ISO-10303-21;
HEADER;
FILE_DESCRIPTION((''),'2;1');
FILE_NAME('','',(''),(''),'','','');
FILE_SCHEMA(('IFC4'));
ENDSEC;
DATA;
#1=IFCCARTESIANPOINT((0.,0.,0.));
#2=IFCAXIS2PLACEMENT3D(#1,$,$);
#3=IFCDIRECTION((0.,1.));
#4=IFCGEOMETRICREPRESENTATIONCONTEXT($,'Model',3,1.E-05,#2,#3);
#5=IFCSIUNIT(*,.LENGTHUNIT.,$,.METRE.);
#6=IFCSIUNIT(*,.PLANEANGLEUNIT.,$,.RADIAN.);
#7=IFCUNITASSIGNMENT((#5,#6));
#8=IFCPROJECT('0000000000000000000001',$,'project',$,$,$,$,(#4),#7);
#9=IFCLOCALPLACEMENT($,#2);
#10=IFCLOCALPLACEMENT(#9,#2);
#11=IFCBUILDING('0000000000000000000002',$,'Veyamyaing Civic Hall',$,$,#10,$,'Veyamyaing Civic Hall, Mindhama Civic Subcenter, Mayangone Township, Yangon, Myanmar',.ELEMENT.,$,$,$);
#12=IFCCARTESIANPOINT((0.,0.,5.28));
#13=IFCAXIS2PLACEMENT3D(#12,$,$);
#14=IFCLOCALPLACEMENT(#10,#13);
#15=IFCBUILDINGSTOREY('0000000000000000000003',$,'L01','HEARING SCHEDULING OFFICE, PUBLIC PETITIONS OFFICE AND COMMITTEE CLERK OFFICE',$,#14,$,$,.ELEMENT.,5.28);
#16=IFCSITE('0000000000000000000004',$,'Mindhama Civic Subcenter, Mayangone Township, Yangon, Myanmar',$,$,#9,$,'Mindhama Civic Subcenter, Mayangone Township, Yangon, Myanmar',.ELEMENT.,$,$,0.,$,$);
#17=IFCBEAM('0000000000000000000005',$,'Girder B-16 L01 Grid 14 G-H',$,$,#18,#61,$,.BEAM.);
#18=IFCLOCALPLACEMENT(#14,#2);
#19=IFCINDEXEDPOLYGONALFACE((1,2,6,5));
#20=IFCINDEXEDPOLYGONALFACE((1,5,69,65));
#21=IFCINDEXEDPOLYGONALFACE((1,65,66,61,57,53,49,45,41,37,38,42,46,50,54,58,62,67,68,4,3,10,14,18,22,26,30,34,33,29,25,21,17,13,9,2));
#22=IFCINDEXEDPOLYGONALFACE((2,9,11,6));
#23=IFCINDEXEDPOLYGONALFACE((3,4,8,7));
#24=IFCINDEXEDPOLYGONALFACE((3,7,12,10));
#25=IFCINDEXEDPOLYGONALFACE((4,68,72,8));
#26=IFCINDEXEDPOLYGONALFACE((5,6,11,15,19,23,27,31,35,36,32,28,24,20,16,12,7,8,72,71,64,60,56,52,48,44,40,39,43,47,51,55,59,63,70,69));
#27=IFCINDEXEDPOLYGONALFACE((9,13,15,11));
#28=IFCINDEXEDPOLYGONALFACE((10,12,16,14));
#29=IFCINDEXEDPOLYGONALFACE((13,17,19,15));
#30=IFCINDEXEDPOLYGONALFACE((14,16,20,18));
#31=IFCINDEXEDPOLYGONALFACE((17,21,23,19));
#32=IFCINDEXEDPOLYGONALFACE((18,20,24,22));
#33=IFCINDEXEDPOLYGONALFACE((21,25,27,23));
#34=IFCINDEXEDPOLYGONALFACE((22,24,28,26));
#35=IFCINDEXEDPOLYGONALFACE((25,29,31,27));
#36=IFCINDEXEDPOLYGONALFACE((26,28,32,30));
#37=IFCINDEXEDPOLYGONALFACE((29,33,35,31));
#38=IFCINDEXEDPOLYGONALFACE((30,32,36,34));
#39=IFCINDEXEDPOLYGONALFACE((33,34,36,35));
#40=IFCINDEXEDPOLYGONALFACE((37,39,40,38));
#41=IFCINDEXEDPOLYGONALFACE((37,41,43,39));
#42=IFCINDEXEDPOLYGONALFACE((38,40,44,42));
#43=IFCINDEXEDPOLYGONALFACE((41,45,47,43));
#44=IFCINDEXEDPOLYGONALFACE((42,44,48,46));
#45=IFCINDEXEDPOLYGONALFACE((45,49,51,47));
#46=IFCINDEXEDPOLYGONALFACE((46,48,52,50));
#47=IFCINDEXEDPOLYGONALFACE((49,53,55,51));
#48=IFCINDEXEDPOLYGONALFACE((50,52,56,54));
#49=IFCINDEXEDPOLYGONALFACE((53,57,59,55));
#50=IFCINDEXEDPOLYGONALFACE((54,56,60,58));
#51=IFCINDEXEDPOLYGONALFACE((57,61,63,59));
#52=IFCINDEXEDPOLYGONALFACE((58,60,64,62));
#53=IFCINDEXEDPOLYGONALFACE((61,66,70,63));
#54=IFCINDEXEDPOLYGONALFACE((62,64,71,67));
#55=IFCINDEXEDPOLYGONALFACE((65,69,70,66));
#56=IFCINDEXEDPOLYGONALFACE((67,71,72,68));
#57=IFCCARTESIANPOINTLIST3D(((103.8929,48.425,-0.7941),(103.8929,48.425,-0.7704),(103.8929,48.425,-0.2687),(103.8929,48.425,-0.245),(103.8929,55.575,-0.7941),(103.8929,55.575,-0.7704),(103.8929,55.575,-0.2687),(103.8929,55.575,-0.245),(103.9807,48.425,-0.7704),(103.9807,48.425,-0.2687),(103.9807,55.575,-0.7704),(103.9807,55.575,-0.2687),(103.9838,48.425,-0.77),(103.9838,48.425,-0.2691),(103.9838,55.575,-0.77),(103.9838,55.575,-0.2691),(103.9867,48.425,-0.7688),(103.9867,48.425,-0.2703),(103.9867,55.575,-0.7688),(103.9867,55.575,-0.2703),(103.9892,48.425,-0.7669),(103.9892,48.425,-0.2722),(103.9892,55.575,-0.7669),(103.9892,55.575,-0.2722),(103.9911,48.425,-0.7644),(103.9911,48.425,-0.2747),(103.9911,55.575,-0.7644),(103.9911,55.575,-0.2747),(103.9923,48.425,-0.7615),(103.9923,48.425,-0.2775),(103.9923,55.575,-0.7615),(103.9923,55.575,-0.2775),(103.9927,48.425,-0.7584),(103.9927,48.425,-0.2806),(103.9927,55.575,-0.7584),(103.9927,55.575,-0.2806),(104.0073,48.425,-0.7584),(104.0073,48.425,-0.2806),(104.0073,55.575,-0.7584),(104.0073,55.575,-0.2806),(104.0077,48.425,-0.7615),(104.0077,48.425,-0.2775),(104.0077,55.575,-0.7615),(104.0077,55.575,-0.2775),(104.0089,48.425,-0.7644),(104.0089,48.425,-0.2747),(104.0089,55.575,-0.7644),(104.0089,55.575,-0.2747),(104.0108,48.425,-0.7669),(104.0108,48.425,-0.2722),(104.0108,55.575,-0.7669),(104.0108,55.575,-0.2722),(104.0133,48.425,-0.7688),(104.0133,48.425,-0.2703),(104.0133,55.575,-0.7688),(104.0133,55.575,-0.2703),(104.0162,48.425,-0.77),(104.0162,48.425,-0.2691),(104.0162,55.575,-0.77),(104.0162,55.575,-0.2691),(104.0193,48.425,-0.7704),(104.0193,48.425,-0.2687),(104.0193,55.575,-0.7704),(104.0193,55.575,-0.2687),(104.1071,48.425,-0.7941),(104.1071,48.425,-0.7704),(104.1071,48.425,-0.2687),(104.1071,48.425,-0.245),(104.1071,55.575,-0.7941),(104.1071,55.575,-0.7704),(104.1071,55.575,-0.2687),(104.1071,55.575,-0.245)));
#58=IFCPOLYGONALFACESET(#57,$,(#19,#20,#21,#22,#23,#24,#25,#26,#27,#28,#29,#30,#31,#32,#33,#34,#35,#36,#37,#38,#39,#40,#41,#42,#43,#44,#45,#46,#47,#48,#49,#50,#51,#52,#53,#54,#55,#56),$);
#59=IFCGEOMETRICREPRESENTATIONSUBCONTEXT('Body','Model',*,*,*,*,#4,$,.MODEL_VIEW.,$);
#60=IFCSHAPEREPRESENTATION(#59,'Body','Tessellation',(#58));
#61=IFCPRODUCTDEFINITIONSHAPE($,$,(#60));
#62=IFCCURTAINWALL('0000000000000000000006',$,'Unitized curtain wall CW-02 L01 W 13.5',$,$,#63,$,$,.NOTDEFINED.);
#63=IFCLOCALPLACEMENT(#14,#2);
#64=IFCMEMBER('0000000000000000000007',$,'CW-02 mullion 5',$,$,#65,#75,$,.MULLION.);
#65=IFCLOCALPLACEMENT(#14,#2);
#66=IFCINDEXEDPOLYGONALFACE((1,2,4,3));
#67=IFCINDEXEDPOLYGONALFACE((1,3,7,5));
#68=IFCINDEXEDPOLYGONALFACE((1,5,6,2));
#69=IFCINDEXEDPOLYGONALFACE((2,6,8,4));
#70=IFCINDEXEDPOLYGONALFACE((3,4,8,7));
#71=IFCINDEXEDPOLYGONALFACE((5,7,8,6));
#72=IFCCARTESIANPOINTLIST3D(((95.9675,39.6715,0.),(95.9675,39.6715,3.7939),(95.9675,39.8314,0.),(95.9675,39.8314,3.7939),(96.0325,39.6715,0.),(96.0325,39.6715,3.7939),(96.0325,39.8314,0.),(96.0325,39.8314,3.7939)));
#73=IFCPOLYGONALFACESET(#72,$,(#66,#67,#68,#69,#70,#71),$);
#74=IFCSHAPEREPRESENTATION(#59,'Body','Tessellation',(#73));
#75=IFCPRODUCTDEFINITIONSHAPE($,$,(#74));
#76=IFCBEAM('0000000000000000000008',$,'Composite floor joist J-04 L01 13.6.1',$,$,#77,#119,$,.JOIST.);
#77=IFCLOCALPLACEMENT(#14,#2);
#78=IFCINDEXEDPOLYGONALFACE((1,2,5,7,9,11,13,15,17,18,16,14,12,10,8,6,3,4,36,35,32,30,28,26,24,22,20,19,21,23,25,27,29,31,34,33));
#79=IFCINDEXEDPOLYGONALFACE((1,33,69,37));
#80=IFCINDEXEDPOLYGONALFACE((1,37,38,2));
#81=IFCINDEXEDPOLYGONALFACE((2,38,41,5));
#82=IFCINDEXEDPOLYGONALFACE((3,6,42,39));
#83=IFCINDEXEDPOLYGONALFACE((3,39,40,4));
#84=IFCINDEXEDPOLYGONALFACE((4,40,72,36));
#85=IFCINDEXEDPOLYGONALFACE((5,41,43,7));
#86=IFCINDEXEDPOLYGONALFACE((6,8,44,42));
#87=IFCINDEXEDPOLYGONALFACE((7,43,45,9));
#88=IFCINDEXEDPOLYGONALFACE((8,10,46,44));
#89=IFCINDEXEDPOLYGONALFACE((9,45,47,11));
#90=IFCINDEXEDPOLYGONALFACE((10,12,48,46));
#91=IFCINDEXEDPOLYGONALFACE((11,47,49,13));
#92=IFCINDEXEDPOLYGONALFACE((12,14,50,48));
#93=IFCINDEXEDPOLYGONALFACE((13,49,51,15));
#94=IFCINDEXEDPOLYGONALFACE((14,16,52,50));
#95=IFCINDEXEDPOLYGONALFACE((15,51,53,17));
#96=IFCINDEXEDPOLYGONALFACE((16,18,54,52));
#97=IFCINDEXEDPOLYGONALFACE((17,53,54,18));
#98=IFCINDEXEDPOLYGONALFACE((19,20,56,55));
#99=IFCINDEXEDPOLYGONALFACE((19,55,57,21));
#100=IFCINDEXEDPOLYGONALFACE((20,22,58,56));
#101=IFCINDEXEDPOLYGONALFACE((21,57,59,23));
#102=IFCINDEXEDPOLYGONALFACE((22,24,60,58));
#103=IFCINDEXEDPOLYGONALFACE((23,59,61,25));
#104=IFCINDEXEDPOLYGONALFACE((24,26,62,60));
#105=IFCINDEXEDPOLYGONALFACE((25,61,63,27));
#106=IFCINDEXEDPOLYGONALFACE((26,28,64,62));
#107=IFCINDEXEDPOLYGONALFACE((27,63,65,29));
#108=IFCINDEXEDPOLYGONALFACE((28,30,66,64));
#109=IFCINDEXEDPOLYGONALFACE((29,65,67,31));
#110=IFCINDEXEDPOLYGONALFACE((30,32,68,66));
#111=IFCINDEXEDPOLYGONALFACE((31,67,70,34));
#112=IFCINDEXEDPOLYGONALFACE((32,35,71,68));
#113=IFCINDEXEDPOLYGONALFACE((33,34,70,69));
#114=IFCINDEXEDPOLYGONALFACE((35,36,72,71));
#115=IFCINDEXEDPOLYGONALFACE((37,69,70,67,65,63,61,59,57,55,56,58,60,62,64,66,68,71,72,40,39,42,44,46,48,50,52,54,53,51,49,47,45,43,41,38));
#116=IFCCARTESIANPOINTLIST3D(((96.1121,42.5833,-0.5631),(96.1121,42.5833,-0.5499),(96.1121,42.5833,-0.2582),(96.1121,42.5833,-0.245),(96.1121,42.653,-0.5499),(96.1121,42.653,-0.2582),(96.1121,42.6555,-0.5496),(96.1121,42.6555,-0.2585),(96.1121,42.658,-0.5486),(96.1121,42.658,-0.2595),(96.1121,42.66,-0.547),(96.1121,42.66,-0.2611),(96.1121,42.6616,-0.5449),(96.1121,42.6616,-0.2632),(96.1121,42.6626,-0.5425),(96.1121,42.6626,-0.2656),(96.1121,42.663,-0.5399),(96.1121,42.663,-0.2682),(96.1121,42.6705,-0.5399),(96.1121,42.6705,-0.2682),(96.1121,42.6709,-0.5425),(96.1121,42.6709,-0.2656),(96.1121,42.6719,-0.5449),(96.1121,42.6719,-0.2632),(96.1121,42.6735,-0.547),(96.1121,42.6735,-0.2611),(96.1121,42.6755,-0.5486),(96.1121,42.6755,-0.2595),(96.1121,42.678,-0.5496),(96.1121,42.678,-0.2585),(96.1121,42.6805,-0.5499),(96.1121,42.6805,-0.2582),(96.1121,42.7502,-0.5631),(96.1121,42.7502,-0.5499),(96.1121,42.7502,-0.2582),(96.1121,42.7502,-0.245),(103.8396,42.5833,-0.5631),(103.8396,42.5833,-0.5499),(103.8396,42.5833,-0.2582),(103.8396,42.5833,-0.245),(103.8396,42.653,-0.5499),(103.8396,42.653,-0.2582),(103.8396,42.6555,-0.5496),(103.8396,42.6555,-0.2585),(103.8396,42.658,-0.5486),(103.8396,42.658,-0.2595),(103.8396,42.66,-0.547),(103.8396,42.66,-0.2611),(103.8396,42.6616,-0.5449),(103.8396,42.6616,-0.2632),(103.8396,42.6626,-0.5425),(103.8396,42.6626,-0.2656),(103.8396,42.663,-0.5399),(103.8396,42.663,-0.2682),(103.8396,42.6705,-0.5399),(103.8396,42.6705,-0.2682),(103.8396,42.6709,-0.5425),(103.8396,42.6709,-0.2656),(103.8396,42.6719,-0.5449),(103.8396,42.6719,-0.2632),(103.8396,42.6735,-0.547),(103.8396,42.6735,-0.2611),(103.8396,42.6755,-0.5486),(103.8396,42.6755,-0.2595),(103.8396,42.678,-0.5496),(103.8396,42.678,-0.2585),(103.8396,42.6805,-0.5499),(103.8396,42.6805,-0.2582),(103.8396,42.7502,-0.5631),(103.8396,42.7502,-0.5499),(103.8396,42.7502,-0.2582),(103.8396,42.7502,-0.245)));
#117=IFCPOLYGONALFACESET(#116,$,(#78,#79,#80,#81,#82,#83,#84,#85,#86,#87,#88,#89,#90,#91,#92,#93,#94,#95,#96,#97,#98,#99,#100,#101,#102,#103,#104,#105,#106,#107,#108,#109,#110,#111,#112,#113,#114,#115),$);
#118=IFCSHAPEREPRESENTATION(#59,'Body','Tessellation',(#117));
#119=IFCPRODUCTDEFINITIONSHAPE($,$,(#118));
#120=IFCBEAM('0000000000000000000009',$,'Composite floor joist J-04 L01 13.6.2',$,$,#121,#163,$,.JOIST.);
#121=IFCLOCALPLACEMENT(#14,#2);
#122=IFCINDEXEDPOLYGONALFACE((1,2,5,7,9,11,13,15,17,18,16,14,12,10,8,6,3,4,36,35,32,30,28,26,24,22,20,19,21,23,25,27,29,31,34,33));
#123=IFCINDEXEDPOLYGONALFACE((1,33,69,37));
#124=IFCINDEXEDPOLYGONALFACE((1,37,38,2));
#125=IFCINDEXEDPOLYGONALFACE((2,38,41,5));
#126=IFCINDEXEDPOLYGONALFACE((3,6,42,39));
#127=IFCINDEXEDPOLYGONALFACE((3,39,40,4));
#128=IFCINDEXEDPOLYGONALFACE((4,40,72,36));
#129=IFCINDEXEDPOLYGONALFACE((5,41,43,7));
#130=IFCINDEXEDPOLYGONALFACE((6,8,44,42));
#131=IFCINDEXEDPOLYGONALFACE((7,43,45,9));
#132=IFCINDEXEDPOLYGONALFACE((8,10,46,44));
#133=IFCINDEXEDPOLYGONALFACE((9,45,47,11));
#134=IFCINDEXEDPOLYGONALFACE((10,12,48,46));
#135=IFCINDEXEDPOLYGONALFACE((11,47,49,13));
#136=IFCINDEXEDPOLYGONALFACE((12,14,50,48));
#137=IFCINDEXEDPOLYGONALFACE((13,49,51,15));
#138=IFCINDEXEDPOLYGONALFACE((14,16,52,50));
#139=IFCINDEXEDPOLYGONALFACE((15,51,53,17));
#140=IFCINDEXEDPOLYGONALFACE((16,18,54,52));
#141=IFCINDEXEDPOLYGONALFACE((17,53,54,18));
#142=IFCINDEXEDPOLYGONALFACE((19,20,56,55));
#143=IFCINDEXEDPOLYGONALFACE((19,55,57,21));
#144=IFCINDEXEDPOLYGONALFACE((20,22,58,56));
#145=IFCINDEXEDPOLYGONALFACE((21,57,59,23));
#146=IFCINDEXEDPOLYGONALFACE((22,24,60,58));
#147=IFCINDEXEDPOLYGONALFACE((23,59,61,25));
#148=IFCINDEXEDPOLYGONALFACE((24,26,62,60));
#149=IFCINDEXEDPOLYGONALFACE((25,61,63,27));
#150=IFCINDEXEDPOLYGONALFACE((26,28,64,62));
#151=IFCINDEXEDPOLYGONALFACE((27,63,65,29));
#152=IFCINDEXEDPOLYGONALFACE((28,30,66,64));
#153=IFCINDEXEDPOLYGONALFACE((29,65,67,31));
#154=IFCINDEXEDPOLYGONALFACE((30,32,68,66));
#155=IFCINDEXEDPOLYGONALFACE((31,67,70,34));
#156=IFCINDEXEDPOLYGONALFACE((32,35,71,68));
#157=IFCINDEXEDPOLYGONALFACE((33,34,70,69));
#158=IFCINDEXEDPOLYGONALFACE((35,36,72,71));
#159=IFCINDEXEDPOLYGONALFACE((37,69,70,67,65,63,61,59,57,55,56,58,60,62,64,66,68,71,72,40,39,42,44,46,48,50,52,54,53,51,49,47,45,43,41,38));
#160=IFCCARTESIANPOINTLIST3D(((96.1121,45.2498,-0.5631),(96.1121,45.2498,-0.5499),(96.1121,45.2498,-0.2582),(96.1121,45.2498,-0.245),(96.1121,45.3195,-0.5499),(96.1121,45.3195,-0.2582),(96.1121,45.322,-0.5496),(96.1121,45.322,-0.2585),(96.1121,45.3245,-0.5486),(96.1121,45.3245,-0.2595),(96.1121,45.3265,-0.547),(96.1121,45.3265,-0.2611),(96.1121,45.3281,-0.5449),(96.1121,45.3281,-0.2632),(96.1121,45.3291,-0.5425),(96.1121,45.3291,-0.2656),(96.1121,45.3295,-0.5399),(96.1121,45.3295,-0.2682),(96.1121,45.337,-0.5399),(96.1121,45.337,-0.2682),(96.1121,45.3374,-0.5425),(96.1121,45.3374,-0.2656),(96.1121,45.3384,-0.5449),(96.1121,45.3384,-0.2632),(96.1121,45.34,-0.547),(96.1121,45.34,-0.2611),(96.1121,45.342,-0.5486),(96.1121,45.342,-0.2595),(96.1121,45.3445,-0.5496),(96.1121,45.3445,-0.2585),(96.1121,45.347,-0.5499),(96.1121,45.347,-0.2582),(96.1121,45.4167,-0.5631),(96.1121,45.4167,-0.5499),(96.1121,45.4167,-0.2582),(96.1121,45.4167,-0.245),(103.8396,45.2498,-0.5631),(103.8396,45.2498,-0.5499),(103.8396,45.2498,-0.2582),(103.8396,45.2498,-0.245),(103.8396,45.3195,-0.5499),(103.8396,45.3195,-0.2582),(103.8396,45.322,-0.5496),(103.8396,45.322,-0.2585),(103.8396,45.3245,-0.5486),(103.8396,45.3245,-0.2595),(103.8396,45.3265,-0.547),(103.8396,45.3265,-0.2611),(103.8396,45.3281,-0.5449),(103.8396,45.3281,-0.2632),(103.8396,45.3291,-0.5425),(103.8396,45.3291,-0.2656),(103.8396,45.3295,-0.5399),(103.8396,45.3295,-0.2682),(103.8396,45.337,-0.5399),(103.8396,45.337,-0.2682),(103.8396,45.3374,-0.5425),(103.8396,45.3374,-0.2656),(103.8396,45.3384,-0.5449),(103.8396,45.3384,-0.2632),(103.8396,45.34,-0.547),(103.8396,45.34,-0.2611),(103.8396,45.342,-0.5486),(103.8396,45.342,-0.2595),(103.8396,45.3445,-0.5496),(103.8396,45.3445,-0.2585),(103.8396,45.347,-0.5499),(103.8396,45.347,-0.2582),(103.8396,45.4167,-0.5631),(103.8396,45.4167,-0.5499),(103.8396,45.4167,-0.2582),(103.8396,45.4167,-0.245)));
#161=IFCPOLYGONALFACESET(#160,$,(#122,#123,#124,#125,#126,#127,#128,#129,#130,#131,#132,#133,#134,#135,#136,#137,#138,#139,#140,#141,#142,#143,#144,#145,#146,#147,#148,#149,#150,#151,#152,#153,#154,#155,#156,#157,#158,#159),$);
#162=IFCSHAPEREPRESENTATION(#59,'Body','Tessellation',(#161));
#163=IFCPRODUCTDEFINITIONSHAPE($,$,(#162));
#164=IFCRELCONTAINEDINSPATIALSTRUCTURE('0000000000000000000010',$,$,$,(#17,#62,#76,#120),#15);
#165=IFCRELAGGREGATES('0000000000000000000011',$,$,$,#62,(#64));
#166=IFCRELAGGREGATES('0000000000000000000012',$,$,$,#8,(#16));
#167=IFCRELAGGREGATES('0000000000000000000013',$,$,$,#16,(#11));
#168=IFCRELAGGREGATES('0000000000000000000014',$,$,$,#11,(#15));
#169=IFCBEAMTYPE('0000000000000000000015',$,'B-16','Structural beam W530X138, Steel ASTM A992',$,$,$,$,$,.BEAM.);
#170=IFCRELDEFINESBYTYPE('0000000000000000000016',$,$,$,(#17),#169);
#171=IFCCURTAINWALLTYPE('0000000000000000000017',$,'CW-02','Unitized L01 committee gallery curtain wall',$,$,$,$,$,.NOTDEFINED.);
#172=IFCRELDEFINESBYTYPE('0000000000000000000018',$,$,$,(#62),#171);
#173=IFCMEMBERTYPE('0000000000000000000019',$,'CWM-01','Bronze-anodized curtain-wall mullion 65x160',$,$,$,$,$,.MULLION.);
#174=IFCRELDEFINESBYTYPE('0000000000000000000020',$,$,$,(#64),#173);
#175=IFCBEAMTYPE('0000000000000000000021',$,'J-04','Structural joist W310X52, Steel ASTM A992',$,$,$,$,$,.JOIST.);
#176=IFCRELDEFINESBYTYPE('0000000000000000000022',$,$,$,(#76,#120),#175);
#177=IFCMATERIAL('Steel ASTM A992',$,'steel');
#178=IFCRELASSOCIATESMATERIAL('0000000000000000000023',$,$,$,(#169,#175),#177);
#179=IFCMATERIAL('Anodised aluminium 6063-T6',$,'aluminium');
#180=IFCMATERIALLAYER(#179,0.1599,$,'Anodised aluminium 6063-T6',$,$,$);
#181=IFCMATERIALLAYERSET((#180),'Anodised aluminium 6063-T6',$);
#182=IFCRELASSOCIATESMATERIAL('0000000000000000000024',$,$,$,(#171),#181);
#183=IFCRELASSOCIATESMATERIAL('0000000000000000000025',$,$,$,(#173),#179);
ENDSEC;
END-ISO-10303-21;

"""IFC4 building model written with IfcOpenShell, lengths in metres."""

from ifc_helpers import new_model, si_unit, direction, frame, origin, origin_2d, place, context, subcontext, project, spatial, rectangle, i_section, extrude, material, layer, layer_set, material_profile, profile_set, type_object, element, aggregate, save


model = new_model("IFC4")

# Units and contexts
model_context = context("Model", 3, precision=1e-05, world=origin(), true_north=direction((0.0, 1.0)))
body_context = subcontext(model_context, "Body", "Model", "MODEL_VIEW")
ifc_project = project(units=[si_unit("LENGTHUNIT", "METRE"), si_unit("PLANEANGLEUNIT", "RADIAN")], contexts=[model_context])

# Site, building, storey
site_placement = place(None, origin())
site = spatial("IfcSite", under=ifc_project, at=site_placement, Name="Mindhama Civic Subcenter, Mayangone Township, Yangon, Myanmar", LongName="Mindhama Civic Subcenter, Mayangone Township, Yangon, Myanmar", CompositionType="ELEMENT", RefElevation=0.0)
building_placement = place(site_placement, origin())
building = spatial("IfcBuilding", under=site, at=building_placement, Name="Veyamyaing Civic Hall", LongName="Veyamyaing Civic Hall, Mindhama Civic Subcenter, Mayangone Township, Yangon, Myanmar", CompositionType="ELEMENT")
storey_placement = place(building_placement, frame((0.0, 0.0, 5.28)))
storey = spatial("IfcBuildingStorey", under=building, at=storey_placement, Name="L01", Description="HEARING SCHEDULING OFFICE, PUBLIC PETITIONS OFFICE AND COMMITTEE CLERK OFFICE", CompositionType="ELEMENT", Elevation=5.28)

# Beam
ifc_material_1 = material(Name="Steel ASTM A992", Category="steel")
ifc_material_profile_1 = material_profile(ifc_material_1, i_section(OverallWidth=0.2141, OverallDepth=0.5491, WebThickness=0.0146, FlangeThickness=0.0237, FilletRadius=0.012, at=origin_2d()), Name="W530X138")
ifc_profile_set_1 = profile_set([ifc_material_profile_1], Name="Steel ASTM A992")
beam_type_1 = type_object("IfcBeamType", Name="B-16", Description="Structural beam W530X138, Steel ASTM A992", PredefinedType="BEAM", material=ifc_profile_set_1)
beam_1_placement = place(storey_placement, frame((104.0, 48.425, -0.5195), z_axis=(0.0, 1.0, 0.0), x_axis=(-1.0, 0.0, 0.0)))
element("IfcBeam", 1, at=beam_1_placement, inside=storey, type_object=beam_type_1, Name="Girder B-16 L01 Grid 14 G-H", PredefinedType="BEAM", context=body_context, shape_type="SweptSolid", body=[
    extrude(i_section(OverallWidth=0.2141, OverallDepth=0.5491, WebThickness=0.0146, FlangeThickness=0.0237, FilletRadius=0.012, at=origin_2d()), origin(), (0.0, 0.0, 1.0), 7.1499),
])

# Curtain wall, member
ifc_material_2 = material(Name="Anodised aluminium 6063-T6", Category="aluminium")
ifc_layer_1 = layer(ifc_material_2, 0.1599, Name="Anodised aluminium 6063-T6")
ifc_layer_set_1 = layer_set([ifc_layer_1], Name="Anodised aluminium 6063-T6")
curtain_wall_type = type_object("IfcCurtainWallType", Name="CW-02", Description="Unitized L01 committee gallery curtain wall", PredefinedType="NOTDEFINED", material=ifc_layer_set_1)
curtain_wall_placement = place(storey_placement, origin())
curtain_wall = element("IfcCurtainWall", 2, at=curtain_wall_placement, inside=storey, type_object=curtain_wall_type, Name="Unitized curtain wall CW-02 L01 W 13.5", PredefinedType="NOTDEFINED")
ifc_material_profile_2 = material_profile(ifc_material_2, rectangle(XDim=0.0649, YDim=0.1599, at=origin_2d()), Name="ALU-MUL-65X160")
ifc_profile_set_2 = profile_set([ifc_material_profile_2], Name="Anodised aluminium 6063-T6")
member_type = type_object("IfcMemberType", Name="CWM-01", Description="Bronze-anodized curtain-wall mullion 65x160", PredefinedType="MULLION", material=ifc_profile_set_2)
member_placement = place(storey_placement, frame((96.0, 39.7515, 0.0), z_axis=(0.0, 0.0, 1.0), x_axis=(-1.0, 0.0, 0.0)))
member = element("IfcMember", 3, at=member_placement, type_object=member_type, Name="CW-02 mullion 5", PredefinedType="MULLION", context=body_context, shape_type="SweptSolid", body=[
    extrude(rectangle(XDim=0.0649, YDim=0.1599, at=origin_2d()), origin(), (0.0, 0.0, 1.0), 3.7939),
])

# Beams
ifc_material_profile_3 = material_profile(ifc_material_1, i_section(OverallWidth=0.167, OverallDepth=0.3181, WebThickness=0.0076, FlangeThickness=0.0132, FilletRadius=0.01, at=origin_2d()), Name="W310X52")
ifc_profile_set_3 = profile_set([ifc_material_profile_3], Name="Steel ASTM A992")
beam_type_2 = type_object("IfcBeamType", Name="J-04", Description="Structural joist W310X52, Steel ASTM A992", PredefinedType="JOIST", material=ifc_profile_set_3)
for number, where, z_axis, x_axis, name in (
    (4, (96.1121, 42.6667, -0.4041), (1.0, 0.0, 0.0), (0.0, 1.0, 0.0), "Composite floor joist J-04 L01 13.6.1"),
    (5, (96.1121, 45.3333, -0.4041), (1.0, 0.0, 0.0), (0.0, 1.0, 0.0), "Composite floor joist J-04 L01 13.6.2"),
):
    element("IfcBeam", number, at=place(storey_placement, frame(where, z_axis=z_axis, x_axis=x_axis)), inside=storey, type_object=beam_type_2, Name=name, PredefinedType="JOIST", context=body_context, shape_type="SweptSolid", body=[
        extrude(i_section(OverallWidth=0.167, OverallDepth=0.3181, WebThickness=0.0076, FlangeThickness=0.0132, FilletRadius=0.01, at=origin_2d()), origin(), (0.0, 0.0, 1.0), 7.7275),
    ])

aggregate(curtain_wall, [member])

save(model, "model.ifc")
